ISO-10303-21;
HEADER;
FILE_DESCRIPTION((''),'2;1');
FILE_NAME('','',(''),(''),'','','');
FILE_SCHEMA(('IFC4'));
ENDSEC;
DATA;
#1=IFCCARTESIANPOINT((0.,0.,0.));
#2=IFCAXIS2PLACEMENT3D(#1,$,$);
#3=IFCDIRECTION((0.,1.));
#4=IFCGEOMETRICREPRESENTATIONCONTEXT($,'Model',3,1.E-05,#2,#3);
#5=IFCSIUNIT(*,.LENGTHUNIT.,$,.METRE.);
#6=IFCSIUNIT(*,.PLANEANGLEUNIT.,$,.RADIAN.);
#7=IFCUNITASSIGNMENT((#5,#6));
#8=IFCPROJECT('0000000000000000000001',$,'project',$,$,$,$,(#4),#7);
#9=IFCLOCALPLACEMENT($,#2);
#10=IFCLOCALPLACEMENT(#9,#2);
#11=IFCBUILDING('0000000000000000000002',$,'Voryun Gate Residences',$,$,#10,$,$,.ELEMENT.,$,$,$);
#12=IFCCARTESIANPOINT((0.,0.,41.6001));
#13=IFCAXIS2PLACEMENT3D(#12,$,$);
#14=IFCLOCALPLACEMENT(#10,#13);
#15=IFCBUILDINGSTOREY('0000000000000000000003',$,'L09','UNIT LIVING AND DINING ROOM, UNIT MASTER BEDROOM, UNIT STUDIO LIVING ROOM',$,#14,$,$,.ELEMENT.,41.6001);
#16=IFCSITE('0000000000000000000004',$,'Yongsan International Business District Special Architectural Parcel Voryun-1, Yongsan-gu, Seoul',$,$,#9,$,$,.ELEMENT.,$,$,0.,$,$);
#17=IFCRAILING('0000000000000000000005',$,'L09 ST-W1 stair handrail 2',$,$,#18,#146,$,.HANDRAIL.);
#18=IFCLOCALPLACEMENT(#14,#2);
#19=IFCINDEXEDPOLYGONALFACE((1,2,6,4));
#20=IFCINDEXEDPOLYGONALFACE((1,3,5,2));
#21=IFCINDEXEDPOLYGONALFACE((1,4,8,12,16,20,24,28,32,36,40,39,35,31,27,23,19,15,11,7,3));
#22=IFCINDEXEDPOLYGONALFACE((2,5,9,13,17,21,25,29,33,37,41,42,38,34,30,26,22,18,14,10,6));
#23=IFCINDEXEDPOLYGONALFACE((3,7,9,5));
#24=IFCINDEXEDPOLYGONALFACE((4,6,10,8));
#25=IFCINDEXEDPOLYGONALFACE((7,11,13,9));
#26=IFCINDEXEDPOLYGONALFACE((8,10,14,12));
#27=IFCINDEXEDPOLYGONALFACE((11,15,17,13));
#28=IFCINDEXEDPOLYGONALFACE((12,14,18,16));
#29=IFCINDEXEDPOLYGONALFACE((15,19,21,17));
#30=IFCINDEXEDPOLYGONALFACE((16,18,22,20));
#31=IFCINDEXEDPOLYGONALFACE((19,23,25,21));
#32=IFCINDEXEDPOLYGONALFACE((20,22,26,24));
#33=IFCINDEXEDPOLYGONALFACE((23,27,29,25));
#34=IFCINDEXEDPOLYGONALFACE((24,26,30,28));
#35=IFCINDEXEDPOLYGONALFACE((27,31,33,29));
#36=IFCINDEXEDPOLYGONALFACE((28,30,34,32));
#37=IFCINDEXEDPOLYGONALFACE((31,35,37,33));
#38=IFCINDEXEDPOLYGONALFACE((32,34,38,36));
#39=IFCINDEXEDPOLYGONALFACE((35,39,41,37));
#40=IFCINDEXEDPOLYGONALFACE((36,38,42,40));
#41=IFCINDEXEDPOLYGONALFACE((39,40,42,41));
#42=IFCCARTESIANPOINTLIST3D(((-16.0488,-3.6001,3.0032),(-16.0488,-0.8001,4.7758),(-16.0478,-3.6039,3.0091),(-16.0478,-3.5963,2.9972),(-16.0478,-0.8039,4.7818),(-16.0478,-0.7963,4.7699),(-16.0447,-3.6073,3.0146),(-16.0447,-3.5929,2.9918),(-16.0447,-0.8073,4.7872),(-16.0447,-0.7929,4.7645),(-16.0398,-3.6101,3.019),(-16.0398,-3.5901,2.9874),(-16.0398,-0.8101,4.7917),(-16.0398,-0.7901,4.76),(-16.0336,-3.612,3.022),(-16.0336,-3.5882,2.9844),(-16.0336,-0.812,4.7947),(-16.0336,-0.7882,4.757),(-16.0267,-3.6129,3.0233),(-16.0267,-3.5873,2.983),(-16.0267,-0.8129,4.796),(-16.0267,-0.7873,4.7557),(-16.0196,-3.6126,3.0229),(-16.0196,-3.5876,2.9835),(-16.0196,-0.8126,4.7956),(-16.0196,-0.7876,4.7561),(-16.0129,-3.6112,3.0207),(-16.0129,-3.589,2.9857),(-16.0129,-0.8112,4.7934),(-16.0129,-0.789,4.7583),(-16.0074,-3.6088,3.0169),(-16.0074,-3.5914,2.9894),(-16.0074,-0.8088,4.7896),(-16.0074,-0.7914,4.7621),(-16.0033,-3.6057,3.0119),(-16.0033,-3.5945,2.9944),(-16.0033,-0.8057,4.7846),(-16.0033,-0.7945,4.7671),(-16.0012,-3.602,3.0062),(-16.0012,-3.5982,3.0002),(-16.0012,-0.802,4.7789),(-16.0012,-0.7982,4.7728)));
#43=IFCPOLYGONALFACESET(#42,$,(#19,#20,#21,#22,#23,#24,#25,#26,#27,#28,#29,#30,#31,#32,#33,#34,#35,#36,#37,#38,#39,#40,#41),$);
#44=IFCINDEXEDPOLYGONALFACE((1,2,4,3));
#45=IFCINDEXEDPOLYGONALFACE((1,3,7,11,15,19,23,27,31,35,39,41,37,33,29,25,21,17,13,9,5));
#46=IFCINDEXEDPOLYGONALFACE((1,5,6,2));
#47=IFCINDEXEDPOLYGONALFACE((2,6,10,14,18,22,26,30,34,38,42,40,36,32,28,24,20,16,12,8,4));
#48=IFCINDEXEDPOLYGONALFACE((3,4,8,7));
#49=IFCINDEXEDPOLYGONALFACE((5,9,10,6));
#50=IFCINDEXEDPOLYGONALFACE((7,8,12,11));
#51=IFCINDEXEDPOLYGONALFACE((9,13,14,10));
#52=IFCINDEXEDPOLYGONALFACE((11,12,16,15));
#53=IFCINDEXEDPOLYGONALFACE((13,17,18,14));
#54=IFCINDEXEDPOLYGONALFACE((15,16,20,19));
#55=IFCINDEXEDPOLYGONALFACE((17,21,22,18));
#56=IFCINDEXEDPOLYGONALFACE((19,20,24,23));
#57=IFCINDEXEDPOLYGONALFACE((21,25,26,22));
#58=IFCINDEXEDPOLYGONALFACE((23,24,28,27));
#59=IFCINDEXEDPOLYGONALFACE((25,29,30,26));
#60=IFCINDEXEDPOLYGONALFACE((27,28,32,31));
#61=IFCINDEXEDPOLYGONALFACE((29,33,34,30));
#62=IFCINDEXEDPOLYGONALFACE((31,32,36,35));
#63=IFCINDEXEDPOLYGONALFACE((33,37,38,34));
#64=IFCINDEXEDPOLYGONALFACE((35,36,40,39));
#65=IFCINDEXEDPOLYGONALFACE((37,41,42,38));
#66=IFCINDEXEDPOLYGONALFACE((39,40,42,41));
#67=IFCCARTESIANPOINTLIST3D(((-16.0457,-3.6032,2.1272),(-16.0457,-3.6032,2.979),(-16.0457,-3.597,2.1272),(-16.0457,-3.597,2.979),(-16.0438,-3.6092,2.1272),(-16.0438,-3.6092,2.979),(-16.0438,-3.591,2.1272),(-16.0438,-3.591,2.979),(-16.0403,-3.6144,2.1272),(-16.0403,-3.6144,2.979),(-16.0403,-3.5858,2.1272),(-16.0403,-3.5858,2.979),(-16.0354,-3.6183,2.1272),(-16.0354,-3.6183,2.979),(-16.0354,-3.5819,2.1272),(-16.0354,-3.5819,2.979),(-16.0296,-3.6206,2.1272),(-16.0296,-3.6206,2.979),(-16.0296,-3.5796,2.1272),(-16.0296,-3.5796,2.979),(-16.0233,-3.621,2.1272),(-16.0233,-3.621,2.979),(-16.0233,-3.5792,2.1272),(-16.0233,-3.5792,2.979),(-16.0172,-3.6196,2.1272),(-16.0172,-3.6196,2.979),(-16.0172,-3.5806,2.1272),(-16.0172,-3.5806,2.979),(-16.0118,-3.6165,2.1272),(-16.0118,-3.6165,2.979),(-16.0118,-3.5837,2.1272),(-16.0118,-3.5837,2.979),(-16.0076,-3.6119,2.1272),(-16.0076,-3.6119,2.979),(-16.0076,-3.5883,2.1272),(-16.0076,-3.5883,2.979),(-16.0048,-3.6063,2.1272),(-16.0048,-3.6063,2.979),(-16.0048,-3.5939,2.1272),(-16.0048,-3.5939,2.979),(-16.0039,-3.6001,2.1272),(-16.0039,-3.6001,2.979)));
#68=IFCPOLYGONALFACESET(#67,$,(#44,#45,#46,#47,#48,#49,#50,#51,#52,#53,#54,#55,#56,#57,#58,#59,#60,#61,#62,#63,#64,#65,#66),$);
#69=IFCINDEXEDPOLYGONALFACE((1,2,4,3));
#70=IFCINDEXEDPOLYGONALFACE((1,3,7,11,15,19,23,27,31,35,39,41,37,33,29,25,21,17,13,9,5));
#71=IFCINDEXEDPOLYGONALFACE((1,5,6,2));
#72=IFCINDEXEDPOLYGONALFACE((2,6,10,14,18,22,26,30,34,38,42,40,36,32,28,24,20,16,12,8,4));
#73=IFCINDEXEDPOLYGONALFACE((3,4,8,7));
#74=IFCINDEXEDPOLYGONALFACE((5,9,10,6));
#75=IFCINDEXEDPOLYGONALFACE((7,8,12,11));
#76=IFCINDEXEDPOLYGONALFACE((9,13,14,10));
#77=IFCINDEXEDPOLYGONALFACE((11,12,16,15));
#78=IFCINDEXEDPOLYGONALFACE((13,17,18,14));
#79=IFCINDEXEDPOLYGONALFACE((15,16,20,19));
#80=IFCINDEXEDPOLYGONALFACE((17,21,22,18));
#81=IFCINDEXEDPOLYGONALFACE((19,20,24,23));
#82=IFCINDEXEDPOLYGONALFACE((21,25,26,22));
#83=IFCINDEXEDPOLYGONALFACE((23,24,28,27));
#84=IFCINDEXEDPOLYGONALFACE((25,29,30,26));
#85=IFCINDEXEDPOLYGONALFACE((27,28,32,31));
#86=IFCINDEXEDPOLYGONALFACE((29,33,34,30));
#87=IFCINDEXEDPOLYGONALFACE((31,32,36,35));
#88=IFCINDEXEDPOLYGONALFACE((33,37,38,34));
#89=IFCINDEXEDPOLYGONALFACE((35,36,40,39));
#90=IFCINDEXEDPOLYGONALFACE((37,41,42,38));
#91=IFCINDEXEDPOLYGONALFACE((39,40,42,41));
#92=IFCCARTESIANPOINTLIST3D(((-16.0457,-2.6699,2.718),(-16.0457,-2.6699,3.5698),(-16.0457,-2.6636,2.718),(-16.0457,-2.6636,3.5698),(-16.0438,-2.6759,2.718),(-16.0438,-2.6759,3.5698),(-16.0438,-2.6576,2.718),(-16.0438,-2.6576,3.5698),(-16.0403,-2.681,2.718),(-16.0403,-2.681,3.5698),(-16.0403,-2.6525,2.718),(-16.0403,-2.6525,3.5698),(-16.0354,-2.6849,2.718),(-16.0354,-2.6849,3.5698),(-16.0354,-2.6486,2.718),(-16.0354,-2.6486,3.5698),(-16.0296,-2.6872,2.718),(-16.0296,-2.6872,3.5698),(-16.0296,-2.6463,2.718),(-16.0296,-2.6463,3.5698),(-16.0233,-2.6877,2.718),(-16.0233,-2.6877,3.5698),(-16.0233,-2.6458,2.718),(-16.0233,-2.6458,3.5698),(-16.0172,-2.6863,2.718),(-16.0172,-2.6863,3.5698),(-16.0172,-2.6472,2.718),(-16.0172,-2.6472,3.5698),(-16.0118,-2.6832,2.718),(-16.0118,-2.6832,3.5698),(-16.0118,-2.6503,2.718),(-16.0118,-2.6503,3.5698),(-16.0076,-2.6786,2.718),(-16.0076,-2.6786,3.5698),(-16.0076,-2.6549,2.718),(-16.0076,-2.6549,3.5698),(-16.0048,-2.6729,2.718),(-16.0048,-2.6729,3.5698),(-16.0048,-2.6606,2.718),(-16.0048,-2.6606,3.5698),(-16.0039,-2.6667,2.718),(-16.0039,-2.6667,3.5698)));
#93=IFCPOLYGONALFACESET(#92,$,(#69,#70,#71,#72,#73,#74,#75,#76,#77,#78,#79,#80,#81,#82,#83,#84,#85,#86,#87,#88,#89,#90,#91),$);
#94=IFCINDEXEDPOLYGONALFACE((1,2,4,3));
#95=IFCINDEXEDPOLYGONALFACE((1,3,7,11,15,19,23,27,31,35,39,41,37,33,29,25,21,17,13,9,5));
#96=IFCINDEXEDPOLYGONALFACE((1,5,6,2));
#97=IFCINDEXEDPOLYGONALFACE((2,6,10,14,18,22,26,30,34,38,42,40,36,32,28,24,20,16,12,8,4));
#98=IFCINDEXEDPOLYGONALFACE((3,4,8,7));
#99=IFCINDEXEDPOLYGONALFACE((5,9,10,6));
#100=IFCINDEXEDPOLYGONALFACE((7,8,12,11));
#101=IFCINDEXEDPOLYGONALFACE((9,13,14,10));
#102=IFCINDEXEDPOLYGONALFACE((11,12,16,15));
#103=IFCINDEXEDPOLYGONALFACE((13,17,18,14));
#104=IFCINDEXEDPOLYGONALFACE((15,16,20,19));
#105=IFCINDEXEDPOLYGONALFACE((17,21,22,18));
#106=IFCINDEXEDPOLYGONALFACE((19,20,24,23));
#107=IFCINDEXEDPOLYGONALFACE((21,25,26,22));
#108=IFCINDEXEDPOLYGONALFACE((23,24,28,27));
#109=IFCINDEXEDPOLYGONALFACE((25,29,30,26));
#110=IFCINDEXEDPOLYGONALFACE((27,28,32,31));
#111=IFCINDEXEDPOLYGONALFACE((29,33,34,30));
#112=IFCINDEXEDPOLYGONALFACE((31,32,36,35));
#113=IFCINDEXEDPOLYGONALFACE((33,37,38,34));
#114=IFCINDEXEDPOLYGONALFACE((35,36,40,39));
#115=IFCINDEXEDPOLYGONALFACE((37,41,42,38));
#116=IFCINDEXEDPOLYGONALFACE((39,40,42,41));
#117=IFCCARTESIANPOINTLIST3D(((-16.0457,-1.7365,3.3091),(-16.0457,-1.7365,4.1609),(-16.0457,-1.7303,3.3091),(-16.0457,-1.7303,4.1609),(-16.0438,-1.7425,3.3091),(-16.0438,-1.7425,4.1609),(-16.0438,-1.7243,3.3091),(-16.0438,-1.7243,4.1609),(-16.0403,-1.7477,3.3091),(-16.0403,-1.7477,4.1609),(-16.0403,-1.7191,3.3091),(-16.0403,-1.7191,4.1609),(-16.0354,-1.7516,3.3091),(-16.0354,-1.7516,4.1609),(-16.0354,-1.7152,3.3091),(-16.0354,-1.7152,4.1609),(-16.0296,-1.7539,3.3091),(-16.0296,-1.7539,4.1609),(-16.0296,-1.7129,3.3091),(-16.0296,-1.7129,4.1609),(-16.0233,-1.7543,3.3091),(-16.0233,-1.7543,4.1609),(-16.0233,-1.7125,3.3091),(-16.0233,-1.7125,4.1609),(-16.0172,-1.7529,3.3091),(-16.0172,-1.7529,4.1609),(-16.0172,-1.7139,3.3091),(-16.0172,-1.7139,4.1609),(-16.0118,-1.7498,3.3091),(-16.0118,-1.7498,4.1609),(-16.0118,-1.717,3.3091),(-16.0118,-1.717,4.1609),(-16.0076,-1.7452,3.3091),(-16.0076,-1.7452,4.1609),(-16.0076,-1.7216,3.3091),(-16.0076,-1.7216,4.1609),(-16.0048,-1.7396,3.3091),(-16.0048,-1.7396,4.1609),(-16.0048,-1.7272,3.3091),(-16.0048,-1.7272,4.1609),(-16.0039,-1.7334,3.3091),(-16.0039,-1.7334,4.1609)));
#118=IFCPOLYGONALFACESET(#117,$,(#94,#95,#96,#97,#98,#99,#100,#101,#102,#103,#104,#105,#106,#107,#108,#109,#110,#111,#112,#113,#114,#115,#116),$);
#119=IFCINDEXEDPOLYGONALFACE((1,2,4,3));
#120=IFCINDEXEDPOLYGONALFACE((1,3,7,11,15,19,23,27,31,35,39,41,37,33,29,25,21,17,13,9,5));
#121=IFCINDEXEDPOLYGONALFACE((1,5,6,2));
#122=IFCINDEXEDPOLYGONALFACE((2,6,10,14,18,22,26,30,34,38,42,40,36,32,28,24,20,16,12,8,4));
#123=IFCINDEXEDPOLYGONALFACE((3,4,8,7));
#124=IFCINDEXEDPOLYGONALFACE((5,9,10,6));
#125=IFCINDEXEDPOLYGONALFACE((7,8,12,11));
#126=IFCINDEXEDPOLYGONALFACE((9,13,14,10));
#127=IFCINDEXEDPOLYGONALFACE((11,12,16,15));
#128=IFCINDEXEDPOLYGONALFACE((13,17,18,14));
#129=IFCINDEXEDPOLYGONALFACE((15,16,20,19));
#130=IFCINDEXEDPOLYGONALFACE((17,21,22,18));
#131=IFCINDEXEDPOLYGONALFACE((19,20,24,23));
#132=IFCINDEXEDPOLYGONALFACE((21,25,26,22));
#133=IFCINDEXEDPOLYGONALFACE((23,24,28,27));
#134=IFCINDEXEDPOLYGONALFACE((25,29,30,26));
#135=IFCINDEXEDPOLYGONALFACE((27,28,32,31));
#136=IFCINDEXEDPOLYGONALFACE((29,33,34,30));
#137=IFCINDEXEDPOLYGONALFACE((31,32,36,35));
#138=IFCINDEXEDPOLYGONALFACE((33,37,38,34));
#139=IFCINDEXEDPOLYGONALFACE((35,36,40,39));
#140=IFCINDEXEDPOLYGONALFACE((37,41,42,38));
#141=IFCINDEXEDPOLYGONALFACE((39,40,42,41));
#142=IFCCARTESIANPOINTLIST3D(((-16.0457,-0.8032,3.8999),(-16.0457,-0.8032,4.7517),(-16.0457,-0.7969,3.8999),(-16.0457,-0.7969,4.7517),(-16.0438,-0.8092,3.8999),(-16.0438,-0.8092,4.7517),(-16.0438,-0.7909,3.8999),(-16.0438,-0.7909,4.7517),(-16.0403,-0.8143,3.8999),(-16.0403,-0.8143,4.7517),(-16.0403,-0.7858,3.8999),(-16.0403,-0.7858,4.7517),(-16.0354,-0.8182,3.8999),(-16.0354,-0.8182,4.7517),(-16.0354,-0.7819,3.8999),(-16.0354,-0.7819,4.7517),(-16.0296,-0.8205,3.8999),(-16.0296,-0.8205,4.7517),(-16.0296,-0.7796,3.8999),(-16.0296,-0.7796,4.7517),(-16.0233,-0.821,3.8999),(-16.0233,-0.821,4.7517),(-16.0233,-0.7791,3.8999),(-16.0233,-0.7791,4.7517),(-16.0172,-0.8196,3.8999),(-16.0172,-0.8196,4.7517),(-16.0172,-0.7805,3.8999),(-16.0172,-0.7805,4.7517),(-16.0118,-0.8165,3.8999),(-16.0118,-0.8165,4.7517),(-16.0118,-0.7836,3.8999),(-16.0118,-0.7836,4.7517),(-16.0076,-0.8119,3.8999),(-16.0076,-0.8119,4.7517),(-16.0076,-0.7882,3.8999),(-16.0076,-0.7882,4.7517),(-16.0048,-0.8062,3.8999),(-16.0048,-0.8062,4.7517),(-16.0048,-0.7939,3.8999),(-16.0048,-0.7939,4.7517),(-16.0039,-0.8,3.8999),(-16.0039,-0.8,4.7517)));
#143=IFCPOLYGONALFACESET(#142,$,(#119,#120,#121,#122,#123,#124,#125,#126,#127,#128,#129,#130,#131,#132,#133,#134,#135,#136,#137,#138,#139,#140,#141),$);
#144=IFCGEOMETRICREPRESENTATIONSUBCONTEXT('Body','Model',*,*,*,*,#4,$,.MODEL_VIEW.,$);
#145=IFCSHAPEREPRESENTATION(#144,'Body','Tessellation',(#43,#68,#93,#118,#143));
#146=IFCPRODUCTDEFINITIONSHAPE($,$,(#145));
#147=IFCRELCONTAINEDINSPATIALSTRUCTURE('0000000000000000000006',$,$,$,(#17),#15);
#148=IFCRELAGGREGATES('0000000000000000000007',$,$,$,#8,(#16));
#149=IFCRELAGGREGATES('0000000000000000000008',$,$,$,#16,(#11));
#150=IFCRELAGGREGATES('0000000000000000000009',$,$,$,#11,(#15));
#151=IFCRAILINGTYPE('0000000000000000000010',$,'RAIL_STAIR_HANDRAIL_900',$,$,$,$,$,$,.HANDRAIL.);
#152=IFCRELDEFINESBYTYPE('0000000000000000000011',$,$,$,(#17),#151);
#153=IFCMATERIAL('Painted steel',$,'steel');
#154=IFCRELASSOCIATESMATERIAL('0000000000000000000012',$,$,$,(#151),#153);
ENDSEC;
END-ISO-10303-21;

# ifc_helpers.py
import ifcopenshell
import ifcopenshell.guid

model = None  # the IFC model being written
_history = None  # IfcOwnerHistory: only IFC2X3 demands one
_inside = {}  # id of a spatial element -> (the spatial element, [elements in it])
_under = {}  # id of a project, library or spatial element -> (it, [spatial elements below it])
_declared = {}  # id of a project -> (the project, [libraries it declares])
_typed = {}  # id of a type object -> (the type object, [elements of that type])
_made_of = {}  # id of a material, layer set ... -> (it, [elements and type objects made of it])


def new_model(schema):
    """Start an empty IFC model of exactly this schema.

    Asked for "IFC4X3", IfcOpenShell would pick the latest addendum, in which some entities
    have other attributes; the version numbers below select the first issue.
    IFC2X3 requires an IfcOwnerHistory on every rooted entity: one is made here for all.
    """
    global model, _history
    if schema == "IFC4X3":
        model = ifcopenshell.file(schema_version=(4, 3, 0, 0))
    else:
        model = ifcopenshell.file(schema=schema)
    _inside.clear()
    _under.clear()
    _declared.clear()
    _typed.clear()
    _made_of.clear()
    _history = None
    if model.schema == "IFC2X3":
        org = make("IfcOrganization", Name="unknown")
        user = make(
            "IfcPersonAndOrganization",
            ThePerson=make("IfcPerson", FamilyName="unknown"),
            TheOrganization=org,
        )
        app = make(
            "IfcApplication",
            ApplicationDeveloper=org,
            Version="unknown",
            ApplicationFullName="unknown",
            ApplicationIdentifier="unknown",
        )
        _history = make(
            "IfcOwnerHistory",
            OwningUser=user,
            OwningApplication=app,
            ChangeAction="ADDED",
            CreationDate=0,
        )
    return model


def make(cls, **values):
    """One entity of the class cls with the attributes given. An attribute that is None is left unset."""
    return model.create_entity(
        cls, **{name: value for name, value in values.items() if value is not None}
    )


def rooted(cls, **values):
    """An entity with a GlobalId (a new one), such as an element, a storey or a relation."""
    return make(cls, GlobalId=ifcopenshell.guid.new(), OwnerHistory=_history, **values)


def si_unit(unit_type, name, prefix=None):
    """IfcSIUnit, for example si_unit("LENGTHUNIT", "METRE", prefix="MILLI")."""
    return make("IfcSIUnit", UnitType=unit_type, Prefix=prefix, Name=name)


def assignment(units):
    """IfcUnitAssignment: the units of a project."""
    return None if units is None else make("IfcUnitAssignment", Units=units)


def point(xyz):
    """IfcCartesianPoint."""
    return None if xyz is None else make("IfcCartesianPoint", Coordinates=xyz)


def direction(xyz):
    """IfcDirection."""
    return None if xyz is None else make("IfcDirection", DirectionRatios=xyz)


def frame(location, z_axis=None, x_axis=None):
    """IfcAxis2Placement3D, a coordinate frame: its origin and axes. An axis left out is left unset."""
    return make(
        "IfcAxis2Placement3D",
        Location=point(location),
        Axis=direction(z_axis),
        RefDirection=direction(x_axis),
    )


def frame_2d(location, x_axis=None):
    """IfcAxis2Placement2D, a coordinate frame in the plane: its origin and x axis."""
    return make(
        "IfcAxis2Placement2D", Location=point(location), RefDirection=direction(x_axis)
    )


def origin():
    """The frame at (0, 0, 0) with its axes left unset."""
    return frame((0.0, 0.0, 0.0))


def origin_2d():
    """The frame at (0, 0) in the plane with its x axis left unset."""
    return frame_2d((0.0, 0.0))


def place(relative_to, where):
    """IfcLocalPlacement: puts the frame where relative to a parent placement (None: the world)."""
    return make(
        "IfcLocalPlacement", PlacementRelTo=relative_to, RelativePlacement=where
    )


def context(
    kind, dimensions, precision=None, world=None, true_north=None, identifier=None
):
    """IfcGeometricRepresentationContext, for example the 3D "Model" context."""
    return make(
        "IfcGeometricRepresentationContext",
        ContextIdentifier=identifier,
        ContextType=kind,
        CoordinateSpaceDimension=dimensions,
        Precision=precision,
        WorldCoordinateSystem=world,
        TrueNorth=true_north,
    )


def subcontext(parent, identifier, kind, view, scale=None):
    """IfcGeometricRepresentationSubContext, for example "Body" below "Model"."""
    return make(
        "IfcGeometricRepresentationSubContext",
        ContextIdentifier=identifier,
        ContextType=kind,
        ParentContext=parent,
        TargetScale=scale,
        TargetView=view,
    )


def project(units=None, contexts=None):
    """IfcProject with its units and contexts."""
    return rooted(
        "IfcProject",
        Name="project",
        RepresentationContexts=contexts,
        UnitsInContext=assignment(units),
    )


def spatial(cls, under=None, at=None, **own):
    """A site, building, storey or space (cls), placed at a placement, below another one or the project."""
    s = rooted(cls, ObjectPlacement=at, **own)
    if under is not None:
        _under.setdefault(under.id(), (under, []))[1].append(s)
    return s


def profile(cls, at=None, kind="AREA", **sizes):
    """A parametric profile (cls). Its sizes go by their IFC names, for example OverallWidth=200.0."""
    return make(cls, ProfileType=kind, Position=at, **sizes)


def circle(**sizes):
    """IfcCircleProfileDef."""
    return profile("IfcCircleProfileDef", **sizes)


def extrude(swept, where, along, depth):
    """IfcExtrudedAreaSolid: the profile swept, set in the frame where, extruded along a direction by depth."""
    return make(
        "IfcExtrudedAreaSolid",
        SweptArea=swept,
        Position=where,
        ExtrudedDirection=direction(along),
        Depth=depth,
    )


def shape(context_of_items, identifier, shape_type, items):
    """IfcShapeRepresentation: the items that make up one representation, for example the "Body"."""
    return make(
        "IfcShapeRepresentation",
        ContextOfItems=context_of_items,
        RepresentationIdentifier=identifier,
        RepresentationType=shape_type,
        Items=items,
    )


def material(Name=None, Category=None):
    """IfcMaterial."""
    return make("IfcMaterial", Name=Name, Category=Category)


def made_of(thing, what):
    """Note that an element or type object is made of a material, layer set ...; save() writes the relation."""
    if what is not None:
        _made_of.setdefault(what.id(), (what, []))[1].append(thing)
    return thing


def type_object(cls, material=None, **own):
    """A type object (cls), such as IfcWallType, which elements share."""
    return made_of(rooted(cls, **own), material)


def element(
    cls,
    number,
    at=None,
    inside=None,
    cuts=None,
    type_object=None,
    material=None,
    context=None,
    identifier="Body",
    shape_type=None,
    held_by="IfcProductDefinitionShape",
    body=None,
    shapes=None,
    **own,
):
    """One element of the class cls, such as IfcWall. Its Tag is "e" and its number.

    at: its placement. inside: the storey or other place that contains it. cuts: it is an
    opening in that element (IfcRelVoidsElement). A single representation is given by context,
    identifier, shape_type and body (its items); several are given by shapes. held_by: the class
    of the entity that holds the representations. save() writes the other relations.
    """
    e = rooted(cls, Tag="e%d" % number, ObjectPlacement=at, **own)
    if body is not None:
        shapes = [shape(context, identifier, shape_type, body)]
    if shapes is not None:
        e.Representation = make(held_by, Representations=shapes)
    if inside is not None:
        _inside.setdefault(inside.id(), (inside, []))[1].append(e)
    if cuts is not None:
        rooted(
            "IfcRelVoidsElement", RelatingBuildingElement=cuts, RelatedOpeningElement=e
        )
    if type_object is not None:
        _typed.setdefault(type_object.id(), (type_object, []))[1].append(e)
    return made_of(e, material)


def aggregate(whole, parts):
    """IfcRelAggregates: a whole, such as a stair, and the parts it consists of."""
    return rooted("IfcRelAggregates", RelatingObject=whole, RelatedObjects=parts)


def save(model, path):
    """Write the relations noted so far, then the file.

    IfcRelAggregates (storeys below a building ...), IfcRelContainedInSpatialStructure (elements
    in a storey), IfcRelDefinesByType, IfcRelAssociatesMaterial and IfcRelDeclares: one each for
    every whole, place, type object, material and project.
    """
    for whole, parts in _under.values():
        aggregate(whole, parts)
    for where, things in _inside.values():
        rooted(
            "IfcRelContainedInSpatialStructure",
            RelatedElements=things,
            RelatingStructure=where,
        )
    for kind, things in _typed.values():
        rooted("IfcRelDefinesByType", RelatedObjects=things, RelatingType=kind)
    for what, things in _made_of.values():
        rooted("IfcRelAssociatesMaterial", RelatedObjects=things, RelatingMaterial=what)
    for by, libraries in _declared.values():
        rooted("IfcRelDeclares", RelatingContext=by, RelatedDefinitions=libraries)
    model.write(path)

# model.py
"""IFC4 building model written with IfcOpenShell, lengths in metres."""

from ifc_helpers import new_model, si_unit, direction, frame, origin, origin_2d, place, context, subcontext, project, spatial, circle, extrude, material, type_object, element, save


model = new_model("IFC4")

# Units and contexts
model_context = context("Model", 3, precision=1e-05, world=origin(), true_north=direction((0.0, 1.0)))
body_context = subcontext(model_context, "Body", "Model", "MODEL_VIEW")
ifc_project = project(units=[si_unit("LENGTHUNIT", "METRE"), si_unit("PLANEANGLEUNIT", "RADIAN")], contexts=[model_context])

# Site, building, storey
site_placement = place(None, origin())
site = spatial("IfcSite", under=ifc_project, at=site_placement, Name="Yongsan International Business District Special Architectural Parcel Voryun-1, Yongsan-gu, Seoul", CompositionType="ELEMENT", RefElevation=0.0)
building_placement = place(site_placement, origin())
building = spatial("IfcBuilding", under=site, at=building_placement, Name="Voryun Gate Residences", CompositionType="ELEMENT")
storey_placement = place(building_placement, frame((0.0, 0.0, 41.6001)))
storey = spatial("IfcBuildingStorey", under=building, at=storey_placement, Name="L09", Description="UNIT LIVING AND DINING ROOM, UNIT MASTER BEDROOM, UNIT STUDIO LIVING ROOM", CompositionType="ELEMENT", Elevation=41.6001)

# Railing
ifc_material_1 = material(Name="Painted steel", Category="steel")
railing_type_1 = type_object("IfcRailingType", Name="RAIL_STAIR_HANDRAIL_900", PredefinedType="HANDRAIL", material=ifc_material_1)
railing_1_placement = place(storey_placement, frame((-16.0249, -3.6001, 2.1272)))
element("IfcRailing", 1, at=railing_1_placement, inside=storey, type_object=railing_type_1, Name="L09 ST-W1 stair handrail 2", PredefinedType="HANDRAIL", context=body_context, shape_type="SweptSolid", body=[
    extrude(circle(Radius=0.0239, at=origin_2d()), frame((0.0, 0.0, 0.876), z_axis=(0.0, 0.844909, 0.53491), x_axis=(-1.0, 0.0, 0.0)), (0.0, 0.0, 1.0), 3.314),
    extrude(circle(Radius=0.021, at=origin_2d()), origin(), (0.0, 0.0, 1.0), 0.8518),
    extrude(circle(Radius=0.021, at=origin_2d()), frame((0.0, 0.9333, 0.5908)), (0.0, 0.0, 1.0), 0.8518),
    extrude(circle(Radius=0.021, at=origin_2d()), frame((0.0, 1.8667, 1.1819)), (0.0, 0.0, 1.0), 0.8518),
    extrude(circle(Radius=0.021, at=origin_2d()), frame((0.0, 2.8, 1.7727)), (0.0, 0.0, 1.0), 0.8518),
])

save(model, "model.ifc")
